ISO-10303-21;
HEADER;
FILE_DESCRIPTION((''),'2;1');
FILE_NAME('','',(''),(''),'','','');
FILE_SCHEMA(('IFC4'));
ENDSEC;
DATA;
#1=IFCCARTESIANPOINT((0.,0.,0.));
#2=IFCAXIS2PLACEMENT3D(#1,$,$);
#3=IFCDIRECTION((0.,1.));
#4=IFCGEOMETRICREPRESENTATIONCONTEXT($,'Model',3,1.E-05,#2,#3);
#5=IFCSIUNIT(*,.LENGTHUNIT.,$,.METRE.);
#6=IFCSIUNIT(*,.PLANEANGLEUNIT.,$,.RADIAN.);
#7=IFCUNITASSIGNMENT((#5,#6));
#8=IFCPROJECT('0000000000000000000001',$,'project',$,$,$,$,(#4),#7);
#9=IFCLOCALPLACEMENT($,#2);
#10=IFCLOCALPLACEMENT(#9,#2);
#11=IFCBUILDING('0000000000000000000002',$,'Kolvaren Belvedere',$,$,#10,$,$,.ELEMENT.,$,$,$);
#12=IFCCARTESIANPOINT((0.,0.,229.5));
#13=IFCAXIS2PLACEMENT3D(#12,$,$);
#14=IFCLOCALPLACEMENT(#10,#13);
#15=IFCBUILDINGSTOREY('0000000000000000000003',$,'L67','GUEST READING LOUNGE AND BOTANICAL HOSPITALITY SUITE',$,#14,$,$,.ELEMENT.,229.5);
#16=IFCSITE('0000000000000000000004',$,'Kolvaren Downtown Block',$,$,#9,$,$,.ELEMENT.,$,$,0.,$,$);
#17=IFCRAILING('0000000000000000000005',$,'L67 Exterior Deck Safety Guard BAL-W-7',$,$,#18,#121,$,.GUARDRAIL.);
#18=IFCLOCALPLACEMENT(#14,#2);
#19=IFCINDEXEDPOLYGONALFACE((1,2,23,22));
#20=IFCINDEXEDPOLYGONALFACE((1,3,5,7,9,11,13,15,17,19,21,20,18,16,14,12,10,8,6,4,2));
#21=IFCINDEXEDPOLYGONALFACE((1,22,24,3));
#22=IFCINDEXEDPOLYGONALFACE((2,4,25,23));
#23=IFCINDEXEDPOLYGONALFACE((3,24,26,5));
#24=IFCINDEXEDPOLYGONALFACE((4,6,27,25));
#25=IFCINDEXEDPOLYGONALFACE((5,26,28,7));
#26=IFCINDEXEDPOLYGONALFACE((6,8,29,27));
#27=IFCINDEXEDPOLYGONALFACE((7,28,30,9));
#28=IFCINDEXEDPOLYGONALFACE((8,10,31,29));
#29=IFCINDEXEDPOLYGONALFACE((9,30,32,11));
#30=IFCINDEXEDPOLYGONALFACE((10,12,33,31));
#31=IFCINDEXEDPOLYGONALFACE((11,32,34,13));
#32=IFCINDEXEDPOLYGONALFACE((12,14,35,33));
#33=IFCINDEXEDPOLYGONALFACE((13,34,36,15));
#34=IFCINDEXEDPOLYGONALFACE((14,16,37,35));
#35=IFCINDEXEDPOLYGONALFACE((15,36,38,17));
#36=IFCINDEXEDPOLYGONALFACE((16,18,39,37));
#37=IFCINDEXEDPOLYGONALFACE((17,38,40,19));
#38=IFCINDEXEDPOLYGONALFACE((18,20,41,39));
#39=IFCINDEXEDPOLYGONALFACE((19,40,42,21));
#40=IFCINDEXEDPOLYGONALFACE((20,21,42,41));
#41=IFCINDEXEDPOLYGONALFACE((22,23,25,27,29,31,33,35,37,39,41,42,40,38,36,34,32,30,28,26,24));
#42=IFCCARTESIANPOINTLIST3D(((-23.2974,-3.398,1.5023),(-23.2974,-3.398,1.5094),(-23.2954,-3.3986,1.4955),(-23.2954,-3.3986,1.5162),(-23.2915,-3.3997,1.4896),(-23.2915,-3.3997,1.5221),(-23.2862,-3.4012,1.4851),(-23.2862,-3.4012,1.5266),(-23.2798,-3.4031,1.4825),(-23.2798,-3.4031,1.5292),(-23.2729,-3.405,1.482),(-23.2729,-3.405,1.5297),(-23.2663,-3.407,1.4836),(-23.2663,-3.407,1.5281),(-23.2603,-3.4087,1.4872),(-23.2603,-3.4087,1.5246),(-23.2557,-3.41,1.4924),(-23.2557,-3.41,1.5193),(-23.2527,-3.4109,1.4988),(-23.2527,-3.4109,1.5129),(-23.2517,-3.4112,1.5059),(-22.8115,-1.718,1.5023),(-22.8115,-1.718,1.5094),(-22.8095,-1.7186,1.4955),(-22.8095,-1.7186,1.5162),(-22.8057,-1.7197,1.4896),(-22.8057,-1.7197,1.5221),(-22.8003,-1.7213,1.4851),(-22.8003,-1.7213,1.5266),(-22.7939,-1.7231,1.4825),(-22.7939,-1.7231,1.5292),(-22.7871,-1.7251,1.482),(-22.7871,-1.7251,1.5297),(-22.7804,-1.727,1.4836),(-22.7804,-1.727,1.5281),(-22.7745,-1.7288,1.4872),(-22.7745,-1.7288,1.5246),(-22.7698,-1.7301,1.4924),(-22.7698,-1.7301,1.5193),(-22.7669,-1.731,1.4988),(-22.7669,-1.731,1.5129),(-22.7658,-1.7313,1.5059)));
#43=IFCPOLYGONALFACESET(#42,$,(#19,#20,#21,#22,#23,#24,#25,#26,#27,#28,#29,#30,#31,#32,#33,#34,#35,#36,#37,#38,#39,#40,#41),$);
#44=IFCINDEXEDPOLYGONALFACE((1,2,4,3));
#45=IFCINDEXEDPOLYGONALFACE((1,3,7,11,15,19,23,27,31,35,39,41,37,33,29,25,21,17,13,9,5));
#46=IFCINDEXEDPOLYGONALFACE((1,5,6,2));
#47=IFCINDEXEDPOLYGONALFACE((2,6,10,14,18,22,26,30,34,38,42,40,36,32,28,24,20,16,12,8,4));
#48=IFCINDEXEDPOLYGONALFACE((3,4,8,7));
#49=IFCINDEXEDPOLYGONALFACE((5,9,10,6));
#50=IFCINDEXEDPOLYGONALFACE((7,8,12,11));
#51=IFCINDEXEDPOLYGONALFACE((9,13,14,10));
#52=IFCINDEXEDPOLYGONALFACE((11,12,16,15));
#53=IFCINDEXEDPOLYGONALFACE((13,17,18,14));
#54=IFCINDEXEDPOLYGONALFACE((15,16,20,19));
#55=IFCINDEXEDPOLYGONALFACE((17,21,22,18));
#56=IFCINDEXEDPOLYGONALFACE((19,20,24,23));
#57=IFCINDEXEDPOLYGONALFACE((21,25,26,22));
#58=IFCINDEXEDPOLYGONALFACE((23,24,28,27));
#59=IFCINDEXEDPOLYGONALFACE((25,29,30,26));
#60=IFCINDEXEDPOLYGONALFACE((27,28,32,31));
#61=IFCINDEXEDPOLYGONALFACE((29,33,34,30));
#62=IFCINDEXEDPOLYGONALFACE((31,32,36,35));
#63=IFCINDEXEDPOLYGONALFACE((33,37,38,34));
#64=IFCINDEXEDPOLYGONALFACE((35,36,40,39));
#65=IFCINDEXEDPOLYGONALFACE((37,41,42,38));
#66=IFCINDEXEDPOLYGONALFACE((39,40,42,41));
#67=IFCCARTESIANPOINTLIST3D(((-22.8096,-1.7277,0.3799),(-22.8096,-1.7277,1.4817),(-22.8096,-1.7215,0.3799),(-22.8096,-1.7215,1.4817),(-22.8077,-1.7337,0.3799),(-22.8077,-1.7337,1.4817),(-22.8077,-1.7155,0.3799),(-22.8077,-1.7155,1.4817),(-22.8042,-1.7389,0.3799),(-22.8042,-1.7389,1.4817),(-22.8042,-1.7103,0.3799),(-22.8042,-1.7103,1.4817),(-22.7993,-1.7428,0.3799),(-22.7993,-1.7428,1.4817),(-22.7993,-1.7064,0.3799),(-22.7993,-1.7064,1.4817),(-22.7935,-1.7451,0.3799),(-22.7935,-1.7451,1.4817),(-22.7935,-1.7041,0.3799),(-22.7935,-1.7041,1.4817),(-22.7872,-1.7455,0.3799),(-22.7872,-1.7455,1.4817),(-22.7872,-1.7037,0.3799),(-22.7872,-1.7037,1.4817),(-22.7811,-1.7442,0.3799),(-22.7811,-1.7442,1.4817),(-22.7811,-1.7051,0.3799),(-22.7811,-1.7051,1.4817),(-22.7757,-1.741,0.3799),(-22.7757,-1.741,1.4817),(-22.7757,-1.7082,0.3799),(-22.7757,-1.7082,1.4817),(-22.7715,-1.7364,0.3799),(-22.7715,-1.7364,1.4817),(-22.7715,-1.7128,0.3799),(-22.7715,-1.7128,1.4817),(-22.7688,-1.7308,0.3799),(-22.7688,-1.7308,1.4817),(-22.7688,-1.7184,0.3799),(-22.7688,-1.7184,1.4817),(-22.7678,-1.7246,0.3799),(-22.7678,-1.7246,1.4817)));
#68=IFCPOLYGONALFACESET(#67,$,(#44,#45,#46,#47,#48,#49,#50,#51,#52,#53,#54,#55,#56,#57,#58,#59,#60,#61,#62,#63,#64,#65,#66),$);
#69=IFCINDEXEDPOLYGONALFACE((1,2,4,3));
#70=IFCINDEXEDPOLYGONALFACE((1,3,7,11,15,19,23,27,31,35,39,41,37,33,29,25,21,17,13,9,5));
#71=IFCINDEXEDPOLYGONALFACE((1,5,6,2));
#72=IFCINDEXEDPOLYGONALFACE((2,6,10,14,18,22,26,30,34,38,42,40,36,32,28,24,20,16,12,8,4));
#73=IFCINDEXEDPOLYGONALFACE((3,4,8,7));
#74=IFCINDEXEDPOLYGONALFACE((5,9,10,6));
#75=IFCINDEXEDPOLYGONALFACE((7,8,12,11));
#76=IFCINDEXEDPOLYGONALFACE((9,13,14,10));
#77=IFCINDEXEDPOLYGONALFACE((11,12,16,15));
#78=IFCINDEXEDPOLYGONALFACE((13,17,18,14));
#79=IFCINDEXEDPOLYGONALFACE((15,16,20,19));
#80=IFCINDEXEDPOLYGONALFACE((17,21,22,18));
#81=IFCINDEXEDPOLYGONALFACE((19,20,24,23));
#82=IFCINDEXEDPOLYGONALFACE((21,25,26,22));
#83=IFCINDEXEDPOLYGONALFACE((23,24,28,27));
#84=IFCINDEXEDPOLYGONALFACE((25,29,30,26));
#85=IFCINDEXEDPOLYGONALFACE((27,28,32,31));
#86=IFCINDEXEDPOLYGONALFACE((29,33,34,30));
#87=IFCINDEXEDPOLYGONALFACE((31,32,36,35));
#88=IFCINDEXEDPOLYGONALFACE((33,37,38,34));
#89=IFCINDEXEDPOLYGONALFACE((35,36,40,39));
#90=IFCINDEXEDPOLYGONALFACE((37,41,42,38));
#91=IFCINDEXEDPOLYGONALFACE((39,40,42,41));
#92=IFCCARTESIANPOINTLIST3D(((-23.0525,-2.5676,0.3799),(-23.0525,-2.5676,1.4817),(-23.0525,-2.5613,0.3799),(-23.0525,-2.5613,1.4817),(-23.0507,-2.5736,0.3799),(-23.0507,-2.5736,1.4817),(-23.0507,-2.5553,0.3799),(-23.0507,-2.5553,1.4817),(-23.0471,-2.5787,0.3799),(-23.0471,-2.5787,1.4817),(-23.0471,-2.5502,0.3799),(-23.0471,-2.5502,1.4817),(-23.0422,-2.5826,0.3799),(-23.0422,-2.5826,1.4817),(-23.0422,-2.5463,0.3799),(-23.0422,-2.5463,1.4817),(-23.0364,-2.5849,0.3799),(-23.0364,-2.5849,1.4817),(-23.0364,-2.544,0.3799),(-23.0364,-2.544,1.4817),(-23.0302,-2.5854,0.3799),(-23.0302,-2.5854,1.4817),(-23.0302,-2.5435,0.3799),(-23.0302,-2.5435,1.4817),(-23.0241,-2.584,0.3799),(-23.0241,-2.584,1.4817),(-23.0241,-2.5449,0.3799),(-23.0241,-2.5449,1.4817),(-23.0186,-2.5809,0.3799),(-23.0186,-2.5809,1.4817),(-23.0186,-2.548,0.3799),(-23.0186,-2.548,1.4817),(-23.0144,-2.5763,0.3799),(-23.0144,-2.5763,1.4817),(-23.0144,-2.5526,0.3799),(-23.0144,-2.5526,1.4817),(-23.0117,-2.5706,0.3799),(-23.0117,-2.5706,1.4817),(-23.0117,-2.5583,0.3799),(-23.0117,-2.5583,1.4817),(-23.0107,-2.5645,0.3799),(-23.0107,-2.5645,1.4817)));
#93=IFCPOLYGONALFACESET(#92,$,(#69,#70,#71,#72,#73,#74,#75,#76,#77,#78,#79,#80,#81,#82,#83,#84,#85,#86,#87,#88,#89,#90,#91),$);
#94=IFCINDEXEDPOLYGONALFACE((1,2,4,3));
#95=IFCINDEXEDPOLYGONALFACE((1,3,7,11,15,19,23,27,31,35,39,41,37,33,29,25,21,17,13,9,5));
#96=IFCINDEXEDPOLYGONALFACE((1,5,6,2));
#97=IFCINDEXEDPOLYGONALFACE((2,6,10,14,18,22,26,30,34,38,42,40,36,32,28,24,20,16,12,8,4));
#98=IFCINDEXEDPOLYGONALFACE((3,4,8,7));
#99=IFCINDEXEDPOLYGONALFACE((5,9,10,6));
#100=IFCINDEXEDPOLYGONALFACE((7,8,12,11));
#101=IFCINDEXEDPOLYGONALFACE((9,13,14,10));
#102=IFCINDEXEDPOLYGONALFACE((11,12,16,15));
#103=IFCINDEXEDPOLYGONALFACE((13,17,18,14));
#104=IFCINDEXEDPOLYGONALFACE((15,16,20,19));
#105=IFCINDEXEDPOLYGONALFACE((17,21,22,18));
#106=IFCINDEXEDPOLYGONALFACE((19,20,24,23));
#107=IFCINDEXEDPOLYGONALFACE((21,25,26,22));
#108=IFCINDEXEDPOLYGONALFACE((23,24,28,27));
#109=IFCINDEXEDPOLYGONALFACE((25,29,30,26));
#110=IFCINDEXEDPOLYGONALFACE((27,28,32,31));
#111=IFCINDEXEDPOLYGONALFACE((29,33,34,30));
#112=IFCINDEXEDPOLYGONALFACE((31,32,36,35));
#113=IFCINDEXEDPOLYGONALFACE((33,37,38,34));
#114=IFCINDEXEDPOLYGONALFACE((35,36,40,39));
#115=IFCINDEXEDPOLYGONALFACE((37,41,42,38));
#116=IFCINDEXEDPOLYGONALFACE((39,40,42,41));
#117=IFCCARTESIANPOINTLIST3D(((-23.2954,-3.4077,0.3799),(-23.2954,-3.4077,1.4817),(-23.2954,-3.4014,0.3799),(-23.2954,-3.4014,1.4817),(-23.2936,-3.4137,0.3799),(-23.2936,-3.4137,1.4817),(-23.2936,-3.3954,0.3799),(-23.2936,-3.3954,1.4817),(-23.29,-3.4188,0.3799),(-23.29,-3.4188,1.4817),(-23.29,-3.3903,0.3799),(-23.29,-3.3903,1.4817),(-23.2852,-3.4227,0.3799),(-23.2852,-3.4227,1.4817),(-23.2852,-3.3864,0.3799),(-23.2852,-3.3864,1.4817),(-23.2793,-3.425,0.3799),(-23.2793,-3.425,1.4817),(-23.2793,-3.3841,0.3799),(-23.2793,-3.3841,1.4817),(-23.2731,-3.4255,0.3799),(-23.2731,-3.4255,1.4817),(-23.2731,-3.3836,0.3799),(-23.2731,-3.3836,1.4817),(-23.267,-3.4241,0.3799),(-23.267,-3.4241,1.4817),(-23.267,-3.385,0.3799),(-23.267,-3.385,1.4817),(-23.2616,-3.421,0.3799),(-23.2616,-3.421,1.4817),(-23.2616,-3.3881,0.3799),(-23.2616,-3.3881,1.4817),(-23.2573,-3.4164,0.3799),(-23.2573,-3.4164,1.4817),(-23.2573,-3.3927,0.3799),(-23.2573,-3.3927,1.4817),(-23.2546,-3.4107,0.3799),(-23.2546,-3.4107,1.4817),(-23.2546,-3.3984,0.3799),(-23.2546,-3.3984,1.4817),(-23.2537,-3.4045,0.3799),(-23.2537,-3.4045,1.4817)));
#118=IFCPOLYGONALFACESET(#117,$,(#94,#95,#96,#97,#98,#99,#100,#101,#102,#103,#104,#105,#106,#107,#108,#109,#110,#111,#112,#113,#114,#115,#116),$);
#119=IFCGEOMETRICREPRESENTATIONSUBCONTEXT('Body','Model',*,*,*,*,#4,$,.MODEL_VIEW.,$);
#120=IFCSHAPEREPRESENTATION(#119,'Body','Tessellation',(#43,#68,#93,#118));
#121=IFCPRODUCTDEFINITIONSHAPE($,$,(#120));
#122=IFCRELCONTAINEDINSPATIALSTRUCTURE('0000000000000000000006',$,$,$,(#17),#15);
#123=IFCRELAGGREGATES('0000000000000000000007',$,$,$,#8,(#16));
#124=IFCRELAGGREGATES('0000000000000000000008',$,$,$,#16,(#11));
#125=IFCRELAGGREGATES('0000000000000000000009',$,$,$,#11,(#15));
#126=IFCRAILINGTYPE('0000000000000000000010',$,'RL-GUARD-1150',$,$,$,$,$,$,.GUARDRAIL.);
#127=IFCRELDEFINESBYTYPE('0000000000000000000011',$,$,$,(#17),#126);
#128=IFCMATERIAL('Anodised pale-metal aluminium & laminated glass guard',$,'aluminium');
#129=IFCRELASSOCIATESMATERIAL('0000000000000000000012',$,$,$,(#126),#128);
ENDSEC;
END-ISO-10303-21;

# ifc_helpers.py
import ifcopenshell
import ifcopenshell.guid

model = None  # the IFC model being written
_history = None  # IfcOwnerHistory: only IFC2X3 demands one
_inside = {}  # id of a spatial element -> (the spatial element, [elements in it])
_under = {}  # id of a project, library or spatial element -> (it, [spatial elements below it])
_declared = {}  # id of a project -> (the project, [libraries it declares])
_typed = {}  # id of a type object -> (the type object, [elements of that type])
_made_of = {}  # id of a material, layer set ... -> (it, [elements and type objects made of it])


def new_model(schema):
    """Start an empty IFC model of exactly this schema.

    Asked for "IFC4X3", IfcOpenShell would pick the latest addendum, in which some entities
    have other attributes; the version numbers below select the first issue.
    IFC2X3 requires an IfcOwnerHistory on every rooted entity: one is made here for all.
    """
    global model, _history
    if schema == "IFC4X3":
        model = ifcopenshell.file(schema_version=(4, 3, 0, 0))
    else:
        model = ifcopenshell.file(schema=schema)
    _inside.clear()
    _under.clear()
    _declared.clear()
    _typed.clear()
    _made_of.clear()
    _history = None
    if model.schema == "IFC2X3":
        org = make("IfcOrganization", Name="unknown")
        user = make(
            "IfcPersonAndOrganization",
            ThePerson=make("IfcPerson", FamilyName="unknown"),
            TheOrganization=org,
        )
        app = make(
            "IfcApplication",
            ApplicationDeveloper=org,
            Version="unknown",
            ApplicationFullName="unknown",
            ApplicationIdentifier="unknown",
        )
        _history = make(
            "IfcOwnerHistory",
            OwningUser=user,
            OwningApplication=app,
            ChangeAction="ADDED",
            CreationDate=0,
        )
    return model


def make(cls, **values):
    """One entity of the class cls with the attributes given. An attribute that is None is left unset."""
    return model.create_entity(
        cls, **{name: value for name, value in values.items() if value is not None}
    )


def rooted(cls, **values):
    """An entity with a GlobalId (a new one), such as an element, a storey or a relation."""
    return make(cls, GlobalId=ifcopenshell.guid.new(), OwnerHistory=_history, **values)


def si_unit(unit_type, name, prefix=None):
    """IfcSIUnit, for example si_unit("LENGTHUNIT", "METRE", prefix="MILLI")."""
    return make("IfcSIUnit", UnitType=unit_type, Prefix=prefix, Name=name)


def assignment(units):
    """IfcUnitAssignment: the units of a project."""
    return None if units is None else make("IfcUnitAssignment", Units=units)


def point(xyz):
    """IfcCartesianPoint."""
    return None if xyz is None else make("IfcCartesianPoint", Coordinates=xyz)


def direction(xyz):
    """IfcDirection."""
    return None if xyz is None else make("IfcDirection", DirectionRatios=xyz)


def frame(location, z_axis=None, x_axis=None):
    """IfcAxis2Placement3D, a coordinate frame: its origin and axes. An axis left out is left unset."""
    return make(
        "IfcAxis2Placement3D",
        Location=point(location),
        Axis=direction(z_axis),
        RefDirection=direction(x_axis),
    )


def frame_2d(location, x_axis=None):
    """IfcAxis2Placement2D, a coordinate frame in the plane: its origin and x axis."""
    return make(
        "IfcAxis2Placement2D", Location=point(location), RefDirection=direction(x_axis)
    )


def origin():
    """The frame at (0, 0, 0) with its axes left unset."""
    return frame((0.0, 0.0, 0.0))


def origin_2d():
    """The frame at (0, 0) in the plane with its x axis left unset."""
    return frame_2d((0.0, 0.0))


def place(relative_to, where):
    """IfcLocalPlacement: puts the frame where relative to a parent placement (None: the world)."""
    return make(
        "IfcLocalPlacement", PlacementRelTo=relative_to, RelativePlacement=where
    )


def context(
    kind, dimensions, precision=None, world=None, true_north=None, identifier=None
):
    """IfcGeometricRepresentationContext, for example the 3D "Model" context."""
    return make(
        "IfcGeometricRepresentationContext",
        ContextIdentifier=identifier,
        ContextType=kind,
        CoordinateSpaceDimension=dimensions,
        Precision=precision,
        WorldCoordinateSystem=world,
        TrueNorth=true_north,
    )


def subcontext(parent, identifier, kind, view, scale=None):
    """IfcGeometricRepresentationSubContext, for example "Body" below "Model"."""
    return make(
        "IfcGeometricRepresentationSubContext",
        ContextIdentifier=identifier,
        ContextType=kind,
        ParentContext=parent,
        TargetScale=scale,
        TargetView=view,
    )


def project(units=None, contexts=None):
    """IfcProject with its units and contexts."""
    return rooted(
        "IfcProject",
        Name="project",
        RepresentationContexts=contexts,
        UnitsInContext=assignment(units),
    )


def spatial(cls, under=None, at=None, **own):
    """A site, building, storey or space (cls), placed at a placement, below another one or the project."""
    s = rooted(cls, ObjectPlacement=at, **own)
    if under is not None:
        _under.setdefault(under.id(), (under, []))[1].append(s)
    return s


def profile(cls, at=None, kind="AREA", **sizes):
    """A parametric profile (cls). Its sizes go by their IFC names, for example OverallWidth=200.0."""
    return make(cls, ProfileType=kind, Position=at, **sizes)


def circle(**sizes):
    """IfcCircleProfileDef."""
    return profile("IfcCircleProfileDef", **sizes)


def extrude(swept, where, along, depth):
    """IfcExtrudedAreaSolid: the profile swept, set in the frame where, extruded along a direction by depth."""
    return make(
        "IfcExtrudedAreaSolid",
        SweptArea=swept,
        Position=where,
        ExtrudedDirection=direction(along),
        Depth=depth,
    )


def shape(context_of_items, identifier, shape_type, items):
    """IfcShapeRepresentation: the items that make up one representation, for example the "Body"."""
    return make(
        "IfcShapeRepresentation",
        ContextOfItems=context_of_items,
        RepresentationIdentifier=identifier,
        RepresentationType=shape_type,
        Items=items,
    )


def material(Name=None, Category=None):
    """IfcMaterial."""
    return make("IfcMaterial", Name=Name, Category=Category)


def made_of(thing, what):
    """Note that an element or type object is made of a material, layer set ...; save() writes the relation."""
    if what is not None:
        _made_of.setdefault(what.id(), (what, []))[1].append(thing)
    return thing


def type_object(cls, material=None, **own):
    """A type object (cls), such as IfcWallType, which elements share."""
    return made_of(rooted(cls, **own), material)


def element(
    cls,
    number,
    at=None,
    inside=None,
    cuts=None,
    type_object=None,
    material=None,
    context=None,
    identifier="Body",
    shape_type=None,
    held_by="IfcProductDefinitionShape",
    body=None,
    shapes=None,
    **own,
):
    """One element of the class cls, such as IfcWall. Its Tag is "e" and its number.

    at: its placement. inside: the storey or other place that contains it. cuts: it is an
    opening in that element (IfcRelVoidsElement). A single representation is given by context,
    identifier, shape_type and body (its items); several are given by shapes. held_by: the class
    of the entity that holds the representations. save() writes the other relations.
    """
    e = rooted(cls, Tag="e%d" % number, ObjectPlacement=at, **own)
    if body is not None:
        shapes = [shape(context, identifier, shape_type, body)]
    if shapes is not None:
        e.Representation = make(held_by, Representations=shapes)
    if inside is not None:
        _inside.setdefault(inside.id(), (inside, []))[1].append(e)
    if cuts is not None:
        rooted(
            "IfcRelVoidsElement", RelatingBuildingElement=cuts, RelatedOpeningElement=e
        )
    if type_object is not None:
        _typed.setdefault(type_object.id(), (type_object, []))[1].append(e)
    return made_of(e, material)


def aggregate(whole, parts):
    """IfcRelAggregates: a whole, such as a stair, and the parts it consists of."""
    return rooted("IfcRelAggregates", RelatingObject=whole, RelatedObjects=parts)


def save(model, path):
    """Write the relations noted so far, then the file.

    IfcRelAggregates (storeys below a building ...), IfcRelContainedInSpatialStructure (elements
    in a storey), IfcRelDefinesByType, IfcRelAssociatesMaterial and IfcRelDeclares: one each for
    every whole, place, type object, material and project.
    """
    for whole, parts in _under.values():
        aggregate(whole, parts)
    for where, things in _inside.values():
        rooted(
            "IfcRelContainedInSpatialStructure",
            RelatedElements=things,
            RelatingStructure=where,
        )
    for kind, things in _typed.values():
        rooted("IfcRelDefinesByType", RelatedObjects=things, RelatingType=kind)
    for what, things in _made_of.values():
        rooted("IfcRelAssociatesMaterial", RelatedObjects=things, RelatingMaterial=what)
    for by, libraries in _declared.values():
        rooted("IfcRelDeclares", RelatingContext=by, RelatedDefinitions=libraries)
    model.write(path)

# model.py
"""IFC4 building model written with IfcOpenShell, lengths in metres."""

from ifc_helpers import new_model, si_unit, direction, frame, origin, origin_2d, place, context, subcontext, project, spatial, circle, extrude, material, type_object, element, save


model = new_model("IFC4")

# Units and contexts
model_context = context("Model", 3, precision=1e-05, world=origin(), true_north=direction((0.0, 1.0)))
body_context = subcontext(model_context, "Body", "Model", "MODEL_VIEW")
ifc_project = project(units=[si_unit("LENGTHUNIT", "METRE"), si_unit("PLANEANGLEUNIT", "RADIAN")], contexts=[model_context])

# Site, building, storey
site_placement = place(None, origin())
site = spatial("IfcSite", under=ifc_project, at=site_placement, Name="Kolvaren Downtown Block", CompositionType="ELEMENT", RefElevation=0.0)
building_placement = place(site_placement, origin())
building = spatial("IfcBuilding", under=site, at=building_placement, Name="Kolvaren Belvedere", CompositionType="ELEMENT")
storey_placement = place(building_placement, frame((0.0, 0.0, 229.5)))
storey = spatial("IfcBuildingStorey", under=building, at=storey_placement, Name="L67", Description="GUEST READING LOUNGE AND BOTANICAL HOSPITALITY SUITE", CompositionType="ELEMENT", Elevation=229.5)

# Railing
ifc_material_1 = material(Name="Anodised pale-metal aluminium & laminated glass guard", Category="aluminium")
railing_type = type_object("IfcRailingType", Name="RL-GUARD-1150", PredefinedType="GUARDRAIL", material=ifc_material_1)
railing_1_placement = place(storey_placement, frame((-22.7888, -1.7246, 0.3799)))
element("IfcRailing", 1, at=railing_1_placement, inside=storey, type_object=railing_type, Name="L67 Exterior Deck Safety Guard BAL-W-7", PredefinedType="GUARDRAIL", context=body_context, shape_type="SweptSolid", body=[
    extrude(circle(Radius=0.0239, at=origin_2d()), frame((0.0, 0.0, 1.126), z_axis=(-0.277817, -0.960634, 0.0), x_axis=(0.960634, -0.277817, 0.0)), (0.0, 0.0, 1.0), 1.7488),
    extrude(circle(Radius=0.021, at=origin_2d()), origin(), (0.0, 0.0, 1.0), 1.1018),
    extrude(circle(Radius=0.021, at=origin_2d()), frame((-0.2429, -0.8398, 0.0)), (0.0, 0.0, 1.0), 1.1018),
    extrude(circle(Radius=0.021, at=origin_2d()), frame((-0.4858, -1.6799, 0.0)), (0.0, 0.0, 1.0), 1.1018),
])

save(model, "model.ifc")
